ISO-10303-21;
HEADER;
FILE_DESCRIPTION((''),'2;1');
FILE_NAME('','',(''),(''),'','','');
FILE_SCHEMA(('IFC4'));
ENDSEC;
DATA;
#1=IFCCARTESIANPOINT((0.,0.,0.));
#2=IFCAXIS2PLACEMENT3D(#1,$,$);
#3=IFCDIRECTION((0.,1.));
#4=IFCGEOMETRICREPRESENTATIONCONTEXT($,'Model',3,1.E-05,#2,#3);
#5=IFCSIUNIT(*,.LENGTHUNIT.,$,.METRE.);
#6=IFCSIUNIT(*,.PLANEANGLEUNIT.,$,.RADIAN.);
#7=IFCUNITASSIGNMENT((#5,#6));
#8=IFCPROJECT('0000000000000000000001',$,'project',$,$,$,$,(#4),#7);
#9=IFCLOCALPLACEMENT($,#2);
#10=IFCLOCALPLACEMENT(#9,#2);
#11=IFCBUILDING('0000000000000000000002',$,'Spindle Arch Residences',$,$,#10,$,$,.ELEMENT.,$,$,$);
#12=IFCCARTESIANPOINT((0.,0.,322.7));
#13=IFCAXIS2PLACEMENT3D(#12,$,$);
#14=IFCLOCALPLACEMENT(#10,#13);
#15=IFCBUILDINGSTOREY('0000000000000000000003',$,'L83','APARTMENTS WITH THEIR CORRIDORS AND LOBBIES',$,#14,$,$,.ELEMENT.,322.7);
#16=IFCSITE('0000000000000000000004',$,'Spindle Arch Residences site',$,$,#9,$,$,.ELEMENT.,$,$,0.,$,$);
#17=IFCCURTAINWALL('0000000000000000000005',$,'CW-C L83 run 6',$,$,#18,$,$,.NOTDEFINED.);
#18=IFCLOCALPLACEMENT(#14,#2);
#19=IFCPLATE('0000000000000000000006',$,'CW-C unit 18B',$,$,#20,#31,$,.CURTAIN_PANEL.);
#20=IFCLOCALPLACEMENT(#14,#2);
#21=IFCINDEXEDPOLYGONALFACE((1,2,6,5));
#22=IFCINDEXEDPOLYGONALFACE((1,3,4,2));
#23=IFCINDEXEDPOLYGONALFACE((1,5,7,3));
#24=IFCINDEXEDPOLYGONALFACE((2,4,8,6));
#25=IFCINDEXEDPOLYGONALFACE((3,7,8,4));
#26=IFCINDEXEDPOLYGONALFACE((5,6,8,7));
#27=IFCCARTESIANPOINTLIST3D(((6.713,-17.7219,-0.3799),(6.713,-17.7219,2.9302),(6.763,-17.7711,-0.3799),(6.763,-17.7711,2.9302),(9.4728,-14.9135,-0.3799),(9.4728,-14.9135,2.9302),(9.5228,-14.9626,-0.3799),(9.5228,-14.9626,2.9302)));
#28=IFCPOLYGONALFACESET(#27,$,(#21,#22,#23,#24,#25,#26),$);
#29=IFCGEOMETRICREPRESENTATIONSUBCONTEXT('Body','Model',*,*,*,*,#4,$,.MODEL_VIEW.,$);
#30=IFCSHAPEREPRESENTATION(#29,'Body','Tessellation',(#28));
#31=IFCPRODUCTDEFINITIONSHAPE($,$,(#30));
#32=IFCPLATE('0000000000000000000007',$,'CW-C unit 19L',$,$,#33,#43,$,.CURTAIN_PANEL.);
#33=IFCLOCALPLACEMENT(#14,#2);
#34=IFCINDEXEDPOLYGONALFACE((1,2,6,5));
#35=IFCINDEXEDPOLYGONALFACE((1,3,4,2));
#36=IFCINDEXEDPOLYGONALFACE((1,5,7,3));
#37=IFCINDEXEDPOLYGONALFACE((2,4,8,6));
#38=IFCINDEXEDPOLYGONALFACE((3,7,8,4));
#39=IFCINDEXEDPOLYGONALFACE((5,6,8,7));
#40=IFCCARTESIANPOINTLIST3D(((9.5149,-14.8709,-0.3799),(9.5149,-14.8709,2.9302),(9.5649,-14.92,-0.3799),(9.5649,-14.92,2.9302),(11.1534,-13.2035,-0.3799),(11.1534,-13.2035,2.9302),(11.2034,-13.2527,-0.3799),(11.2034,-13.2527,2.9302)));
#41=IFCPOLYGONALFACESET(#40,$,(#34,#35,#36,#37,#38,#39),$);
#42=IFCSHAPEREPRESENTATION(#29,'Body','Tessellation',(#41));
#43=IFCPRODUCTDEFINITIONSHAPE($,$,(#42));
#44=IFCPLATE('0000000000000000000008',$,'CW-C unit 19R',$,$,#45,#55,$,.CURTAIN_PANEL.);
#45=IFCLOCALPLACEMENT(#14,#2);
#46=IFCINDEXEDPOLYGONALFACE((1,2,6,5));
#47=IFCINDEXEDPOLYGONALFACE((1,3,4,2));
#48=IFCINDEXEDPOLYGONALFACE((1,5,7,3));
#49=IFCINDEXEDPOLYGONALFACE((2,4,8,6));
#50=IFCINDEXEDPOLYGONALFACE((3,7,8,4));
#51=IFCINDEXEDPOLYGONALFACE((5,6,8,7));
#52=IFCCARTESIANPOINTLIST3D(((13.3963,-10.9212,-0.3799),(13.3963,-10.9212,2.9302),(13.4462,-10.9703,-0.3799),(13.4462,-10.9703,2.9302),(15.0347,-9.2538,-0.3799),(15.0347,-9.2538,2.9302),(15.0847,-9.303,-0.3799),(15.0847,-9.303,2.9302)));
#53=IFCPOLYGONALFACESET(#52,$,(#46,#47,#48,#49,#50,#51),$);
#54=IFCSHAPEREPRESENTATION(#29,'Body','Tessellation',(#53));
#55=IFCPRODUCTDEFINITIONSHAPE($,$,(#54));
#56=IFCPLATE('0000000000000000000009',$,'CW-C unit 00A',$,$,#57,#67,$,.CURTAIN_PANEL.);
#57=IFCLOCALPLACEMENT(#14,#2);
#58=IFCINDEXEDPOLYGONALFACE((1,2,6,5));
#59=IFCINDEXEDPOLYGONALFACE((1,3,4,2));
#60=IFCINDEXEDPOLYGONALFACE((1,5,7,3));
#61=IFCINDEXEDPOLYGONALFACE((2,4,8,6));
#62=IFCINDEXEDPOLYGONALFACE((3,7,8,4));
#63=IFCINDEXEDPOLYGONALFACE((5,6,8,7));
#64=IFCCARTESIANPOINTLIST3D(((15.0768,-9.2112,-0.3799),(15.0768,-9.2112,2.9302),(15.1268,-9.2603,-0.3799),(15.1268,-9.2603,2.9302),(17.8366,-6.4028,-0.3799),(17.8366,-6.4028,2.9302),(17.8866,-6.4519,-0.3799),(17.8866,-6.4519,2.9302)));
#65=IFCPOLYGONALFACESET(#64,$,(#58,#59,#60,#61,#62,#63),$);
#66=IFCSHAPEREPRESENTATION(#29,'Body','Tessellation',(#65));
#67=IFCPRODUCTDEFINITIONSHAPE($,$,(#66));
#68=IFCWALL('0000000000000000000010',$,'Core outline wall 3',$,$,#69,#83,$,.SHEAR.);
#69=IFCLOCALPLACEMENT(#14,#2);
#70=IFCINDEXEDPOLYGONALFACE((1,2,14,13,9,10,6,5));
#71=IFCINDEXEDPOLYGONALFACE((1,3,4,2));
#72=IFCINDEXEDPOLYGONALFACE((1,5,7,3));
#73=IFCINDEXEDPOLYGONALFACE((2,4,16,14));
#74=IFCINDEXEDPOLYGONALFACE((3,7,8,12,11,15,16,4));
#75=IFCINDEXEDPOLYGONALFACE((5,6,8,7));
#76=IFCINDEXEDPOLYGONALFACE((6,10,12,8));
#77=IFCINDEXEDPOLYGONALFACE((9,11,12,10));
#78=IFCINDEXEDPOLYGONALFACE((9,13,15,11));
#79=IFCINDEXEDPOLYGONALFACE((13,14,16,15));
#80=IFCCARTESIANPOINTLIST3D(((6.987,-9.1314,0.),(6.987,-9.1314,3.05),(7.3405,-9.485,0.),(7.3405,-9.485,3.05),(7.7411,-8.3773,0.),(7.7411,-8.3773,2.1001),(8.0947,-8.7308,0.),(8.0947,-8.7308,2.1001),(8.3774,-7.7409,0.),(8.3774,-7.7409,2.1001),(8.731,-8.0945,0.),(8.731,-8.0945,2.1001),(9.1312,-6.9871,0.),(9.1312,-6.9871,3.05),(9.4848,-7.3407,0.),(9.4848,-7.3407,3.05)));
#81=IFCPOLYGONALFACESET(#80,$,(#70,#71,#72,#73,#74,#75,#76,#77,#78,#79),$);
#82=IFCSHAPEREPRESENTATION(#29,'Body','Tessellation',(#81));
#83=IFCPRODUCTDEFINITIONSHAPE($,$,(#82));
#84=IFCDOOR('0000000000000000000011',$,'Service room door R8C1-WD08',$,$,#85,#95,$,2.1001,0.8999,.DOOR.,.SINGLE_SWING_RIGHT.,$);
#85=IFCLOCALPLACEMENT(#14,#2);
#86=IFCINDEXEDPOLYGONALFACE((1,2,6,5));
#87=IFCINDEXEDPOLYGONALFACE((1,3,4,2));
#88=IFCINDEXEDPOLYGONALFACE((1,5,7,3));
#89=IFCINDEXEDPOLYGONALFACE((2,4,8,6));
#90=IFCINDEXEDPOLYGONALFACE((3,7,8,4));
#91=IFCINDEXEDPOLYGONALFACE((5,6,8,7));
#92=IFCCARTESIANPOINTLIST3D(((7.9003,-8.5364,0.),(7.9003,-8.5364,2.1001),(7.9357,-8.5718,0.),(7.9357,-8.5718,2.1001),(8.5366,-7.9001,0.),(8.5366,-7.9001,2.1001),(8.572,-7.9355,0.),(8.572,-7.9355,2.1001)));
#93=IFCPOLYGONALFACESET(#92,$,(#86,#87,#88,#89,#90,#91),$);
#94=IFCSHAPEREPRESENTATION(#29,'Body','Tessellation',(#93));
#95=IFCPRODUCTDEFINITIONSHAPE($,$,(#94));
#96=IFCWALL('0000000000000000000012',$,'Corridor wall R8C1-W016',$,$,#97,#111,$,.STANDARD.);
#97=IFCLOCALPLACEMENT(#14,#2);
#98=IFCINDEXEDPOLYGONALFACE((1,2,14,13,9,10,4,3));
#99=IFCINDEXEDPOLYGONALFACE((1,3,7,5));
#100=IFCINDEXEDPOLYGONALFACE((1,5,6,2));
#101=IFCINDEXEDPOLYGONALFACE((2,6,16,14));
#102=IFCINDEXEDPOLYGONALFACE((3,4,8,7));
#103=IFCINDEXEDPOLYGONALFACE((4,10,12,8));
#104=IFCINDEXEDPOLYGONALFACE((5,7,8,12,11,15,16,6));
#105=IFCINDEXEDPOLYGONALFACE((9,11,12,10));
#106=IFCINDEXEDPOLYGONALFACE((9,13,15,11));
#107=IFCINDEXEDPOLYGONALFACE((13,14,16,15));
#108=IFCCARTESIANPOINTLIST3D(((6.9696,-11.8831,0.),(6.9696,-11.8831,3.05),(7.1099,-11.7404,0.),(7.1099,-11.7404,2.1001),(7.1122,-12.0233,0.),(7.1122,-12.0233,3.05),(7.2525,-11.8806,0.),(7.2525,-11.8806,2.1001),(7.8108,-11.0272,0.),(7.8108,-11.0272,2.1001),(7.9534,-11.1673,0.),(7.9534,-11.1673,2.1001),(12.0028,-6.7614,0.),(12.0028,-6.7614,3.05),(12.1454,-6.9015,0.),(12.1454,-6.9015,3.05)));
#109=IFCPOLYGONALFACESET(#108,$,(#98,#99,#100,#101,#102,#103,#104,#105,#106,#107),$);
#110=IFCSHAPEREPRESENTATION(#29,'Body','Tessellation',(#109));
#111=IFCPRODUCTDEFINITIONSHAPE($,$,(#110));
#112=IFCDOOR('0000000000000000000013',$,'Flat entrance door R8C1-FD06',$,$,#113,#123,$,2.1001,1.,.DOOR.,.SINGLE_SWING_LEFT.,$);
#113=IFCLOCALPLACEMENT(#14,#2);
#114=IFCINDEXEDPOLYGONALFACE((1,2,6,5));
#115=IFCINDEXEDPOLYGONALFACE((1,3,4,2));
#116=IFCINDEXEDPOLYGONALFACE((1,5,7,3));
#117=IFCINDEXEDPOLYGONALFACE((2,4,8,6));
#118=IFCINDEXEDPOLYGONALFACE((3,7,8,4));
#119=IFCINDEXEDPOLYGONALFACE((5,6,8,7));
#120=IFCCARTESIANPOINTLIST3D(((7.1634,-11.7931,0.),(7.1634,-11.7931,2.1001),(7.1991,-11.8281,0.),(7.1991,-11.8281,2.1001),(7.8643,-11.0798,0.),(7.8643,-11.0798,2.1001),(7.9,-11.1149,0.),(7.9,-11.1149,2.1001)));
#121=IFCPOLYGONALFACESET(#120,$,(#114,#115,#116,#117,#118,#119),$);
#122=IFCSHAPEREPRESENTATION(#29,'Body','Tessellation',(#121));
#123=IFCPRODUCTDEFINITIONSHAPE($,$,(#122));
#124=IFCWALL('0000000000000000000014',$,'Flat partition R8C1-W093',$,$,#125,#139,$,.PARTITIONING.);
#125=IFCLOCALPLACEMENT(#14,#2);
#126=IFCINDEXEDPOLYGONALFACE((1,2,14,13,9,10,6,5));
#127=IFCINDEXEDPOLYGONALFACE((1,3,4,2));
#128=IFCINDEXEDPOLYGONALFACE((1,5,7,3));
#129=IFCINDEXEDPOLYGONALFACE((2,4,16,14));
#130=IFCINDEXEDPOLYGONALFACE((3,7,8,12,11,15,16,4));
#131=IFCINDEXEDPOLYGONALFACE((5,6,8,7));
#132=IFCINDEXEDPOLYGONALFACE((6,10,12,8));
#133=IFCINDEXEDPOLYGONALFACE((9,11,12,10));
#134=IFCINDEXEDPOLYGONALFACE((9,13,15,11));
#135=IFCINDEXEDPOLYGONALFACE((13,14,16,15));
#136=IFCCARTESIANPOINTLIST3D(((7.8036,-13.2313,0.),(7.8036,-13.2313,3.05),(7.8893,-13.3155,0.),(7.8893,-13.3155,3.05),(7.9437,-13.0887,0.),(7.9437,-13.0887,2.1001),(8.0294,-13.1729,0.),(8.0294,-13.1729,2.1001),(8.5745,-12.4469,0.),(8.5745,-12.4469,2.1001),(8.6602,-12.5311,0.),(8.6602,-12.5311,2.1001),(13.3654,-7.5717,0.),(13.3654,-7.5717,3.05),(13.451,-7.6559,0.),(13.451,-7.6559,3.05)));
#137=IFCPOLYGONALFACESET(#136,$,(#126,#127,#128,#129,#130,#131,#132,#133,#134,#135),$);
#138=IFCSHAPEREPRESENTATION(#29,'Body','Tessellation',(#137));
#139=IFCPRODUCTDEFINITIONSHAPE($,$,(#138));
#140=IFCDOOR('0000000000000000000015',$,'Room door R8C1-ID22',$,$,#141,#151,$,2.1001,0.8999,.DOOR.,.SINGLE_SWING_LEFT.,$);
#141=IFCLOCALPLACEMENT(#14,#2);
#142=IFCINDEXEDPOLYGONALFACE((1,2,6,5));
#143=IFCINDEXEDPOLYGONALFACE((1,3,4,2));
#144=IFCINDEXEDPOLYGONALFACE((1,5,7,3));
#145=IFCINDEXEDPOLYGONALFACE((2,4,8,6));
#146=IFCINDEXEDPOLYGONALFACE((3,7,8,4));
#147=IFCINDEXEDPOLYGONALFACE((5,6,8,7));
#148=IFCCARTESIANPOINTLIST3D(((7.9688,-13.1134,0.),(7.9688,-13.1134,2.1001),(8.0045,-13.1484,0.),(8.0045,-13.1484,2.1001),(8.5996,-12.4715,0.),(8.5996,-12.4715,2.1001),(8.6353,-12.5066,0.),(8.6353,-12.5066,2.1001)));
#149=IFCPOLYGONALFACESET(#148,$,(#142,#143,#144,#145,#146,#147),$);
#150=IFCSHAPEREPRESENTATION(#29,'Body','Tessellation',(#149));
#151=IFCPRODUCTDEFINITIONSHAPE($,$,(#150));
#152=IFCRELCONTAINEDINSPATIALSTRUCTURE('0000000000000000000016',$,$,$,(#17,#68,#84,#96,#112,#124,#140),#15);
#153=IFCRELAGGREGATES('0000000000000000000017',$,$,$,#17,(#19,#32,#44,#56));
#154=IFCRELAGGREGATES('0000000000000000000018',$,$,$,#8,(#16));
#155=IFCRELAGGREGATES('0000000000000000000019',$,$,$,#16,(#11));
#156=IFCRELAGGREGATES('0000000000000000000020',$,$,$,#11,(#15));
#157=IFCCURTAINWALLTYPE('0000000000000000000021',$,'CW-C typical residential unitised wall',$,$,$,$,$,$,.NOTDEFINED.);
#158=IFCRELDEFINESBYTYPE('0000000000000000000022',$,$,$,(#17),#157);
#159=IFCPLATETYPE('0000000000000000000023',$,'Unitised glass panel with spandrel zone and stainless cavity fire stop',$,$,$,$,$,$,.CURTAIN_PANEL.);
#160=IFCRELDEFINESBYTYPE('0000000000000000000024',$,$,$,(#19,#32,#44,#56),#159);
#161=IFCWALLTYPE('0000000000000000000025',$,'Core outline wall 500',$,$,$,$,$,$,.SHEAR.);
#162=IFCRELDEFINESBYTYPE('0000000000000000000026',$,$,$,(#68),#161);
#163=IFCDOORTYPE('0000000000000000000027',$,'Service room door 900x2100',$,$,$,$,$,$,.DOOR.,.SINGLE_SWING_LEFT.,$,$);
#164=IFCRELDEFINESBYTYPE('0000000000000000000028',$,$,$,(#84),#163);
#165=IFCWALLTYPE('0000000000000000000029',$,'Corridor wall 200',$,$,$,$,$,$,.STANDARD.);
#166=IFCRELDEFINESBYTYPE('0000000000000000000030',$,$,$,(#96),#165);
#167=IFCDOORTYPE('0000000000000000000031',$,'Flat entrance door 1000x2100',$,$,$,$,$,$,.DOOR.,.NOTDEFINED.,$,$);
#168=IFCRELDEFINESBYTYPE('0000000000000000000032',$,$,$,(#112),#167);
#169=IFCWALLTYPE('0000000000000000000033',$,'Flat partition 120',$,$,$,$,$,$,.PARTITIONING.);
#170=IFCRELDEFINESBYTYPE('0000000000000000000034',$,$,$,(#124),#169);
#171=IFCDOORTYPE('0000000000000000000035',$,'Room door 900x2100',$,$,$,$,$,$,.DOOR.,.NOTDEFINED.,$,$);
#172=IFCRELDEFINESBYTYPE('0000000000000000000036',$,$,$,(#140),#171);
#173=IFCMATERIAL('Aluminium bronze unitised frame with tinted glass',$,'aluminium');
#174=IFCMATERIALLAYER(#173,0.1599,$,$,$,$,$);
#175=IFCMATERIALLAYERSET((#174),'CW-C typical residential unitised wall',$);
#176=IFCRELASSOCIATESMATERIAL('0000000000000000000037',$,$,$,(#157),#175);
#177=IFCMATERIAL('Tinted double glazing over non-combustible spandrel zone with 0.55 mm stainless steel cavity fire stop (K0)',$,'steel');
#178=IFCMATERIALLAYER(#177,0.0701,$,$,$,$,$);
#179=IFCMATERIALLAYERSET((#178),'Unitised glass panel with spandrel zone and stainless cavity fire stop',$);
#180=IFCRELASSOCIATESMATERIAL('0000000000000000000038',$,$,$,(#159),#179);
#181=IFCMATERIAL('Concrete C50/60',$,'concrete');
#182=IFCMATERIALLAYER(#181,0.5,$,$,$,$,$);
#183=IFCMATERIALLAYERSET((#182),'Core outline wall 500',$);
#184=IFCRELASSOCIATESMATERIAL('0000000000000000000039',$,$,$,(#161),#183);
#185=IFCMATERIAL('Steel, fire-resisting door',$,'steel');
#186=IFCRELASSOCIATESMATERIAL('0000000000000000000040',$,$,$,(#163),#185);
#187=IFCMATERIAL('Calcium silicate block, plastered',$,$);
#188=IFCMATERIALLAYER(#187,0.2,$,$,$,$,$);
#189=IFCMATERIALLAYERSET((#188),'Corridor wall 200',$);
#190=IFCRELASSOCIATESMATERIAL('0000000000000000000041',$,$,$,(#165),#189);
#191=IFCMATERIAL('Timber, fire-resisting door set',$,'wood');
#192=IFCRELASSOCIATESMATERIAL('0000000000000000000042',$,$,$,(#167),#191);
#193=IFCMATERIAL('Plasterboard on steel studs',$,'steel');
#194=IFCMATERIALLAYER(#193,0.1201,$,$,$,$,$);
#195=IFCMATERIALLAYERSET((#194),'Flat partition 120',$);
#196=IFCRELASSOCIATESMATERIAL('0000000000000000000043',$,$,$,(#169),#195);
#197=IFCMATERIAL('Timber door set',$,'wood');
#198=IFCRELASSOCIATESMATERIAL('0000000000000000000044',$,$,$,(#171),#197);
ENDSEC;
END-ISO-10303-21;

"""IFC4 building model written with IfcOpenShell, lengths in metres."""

from ifc_helpers import new_model, si_unit, direction, frame, frame_2d, origin, origin_2d, place, context, subcontext, project, spatial, rectangle, extrude, material, layer, layer_set, type_object, element, fill, aggregate, save


model = new_model("IFC4")

# Units and contexts
model_context = context("Model", 3, precision=1e-05, world=origin(), true_north=direction((0.0, 1.0)))
body_context = subcontext(model_context, "Body", "Model", "MODEL_VIEW")
ifc_project = project(units=[si_unit("LENGTHUNIT", "METRE"), si_unit("PLANEANGLEUNIT", "RADIAN")], contexts=[model_context])

# Site, building, storey
site_placement = place(None, origin())
site = spatial("IfcSite", under=ifc_project, at=site_placement, Name="Spindle Arch Residences site", CompositionType="ELEMENT", RefElevation=0.0)
building_placement = place(site_placement, origin())
building = spatial("IfcBuilding", under=site, at=building_placement, Name="Spindle Arch Residences", CompositionType="ELEMENT")
storey_placement = place(building_placement, frame((0.0, 0.0, 322.7)))
storey = spatial("IfcBuildingStorey", under=building, at=storey_placement, Name="L83", Description="APARTMENTS WITH THEIR CORRIDORS AND LOBBIES", CompositionType="ELEMENT", Elevation=322.7)

# Curtain wall
ifc_material_1 = material(Name="Aluminium bronze unitised frame with tinted glass", Category="aluminium")
ifc_layer_1 = layer(ifc_material_1, 0.1599)
ifc_layer_set_1 = layer_set([ifc_layer_1], Name="CW-C typical residential unitised wall")
curtain_wall_type = type_object("IfcCurtainWallType", Name="CW-C typical residential unitised wall", PredefinedType="NOTDEFINED", material=ifc_layer_set_1)
curtain_wall_placement = place(storey_placement, origin())
curtain_wall = element("IfcCurtainWall", 1, at=curtain_wall_placement, inside=storey, type_object=curtain_wall_type, Name="CW-C L83 run 6", PredefinedType="NOTDEFINED")

# Plates
ifc_material_2 = material(Name="Tinted double glazing over non-combustible spandrel zone with 0.55 mm stainless steel cavity fire stop (K0)", Category="steel")
ifc_layer_2 = layer(ifc_material_2, 0.0701)
ifc_layer_set_2 = layer_set([ifc_layer_2], Name="Unitised glass panel with spandrel zone and stainless cavity fire stop")
plate_type = type_object("IfcPlateType", Name="Unitised glass panel with spandrel zone and stainless cavity fire stop", PredefinedType="CURTAIN_PANEL", material=ifc_layer_set_2)
plate_1_placement = place(storey_placement, frame((8.1179, -16.3423, -0.3799), z_axis=(0.0, 0.0, 1.0), x_axis=(0.700909, 0.71325, 0.0)))
plate_1 = element("IfcPlate", 2, at=plate_1_placement, type_object=plate_type, Name="CW-C unit 18B", PredefinedType="CURTAIN_PANEL", context=body_context, shape_type="SweptSolid", body=[
    extrude(rectangle(XDim=3.9375, YDim=0.0701, at=origin_2d()), origin(), (0.0, 0.0, 1.0), 3.3101),
])
plate_2_placement = place(storey_placement, frame((10.3591, -14.0618, -0.3799), z_axis=(0.0, 0.0, 1.0), x_axis=(0.700909, 0.71325, 0.0)))
plate_2 = element("IfcPlate", 3, at=plate_2_placement, type_object=plate_type, Name="CW-C unit 19L", PredefinedType="CURTAIN_PANEL", context=body_context, shape_type="SweptSolid", body=[
    extrude(rectangle(XDim=2.3376, YDim=0.0701, at=origin_2d()), origin(), (0.0, 0.0, 1.0), 3.3101),
])
plate_3_placement = place(storey_placement, frame((14.2405, -10.1121, -0.3799), z_axis=(0.0, 0.0, 1.0), x_axis=(0.700909, 0.71325, 0.0)))
plate_3 = element("IfcPlate", 4, at=plate_3_placement, type_object=plate_type, Name="CW-C unit 19R", PredefinedType="CURTAIN_PANEL", context=body_context, shape_type="SweptSolid", body=[
    extrude(rectangle(XDim=2.3376, YDim=0.0701, at=origin_2d()), origin(), (0.0, 0.0, 1.0), 3.3101),
])
plate_4_placement = place(storey_placement, frame((16.4817, -7.8315, -0.3799), z_axis=(0.0, 0.0, 1.0), x_axis=(0.700909, 0.71325, 0.0)))
plate_4 = element("IfcPlate", 5, at=plate_4_placement, type_object=plate_type, Name="CW-C unit 00A", PredefinedType="CURTAIN_PANEL", context=body_context, shape_type="SweptSolid", body=[
    extrude(rectangle(XDim=3.9375, YDim=0.0701, at=origin_2d()), origin(), (0.0, 0.0, 1.0), 3.3101),
])
aggregate(curtain_wall, [plate_1, plate_2, plate_3, plate_4])

# Walls, openings, doors
ifc_material_3 = material(Name="Concrete C50/60", Category="concrete")
ifc_layer_3 = layer(ifc_material_3, 0.5)
ifc_layer_set_3 = layer_set([ifc_layer_3], Name="Core outline wall 500")
wall_type_1 = type_object("IfcWallType", Name="Core outline wall 500", PredefinedType="SHEAR", material=ifc_layer_set_3)
wall_1_placement = place(storey_placement, frame((7.1638, -9.3081, 0.0), z_axis=(0.0, 0.0, 1.0), x_axis=(0.707107, 0.707107, 0.0)))
wall_1 = element("IfcWall", 6, at=wall_1_placement, inside=storey, type_object=wall_type_1, Name="Core outline wall 3", PredefinedType="SHEAR", context=body_context, shape_type="SweptSolid", body=[
    extrude(rectangle(XDim=3.0325, YDim=0.5, at=frame_2d((1.5161, 0.0))), origin(), (0.0, 0.0, 1.0), 3.05),
])
opening_1_placement = place(wall_1_placement, frame((1.0664, 0.0, 0.0)))
opening_1 = element("IfcOpeningElement", 7, at=opening_1_placement, cuts=wall_1, PredefinedType="OPENING", context=body_context, shape_type="SweptSolid", body=[
    extrude(rectangle(XDim=0.8999, YDim=2.1001, at=frame_2d((0.45, 1.05))), frame((0.0, 0.26, 0.0), z_axis=(0.0, -1.0, 0.0), x_axis=(1.0, 0.0, 0.0)), (0.0, 0.0, 1.0), 0.52),
])
ifc_material_4 = material(Name="Steel, fire-resisting door", Category="steel")
door_type_1 = type_object("IfcDoorType", Name="Service room door 900x2100", OperationType="SINGLE_SWING_LEFT", PredefinedType="DOOR", material=ifc_material_4)
door_1_placement = place(opening_1_placement, origin())
door_1 = element("IfcDoor", 8, at=door_1_placement, inside=storey, type_object=door_type_1, Name="Service room door R8C1-WD08", OperationType="SINGLE_SWING_RIGHT", OverallHeight=2.1001, OverallWidth=0.8999, PredefinedType="DOOR", context=body_context, shape_type="SweptSolid", body=[
    extrude(rectangle(XDim=0.8999, YDim=2.1001, at=frame_2d((0.45, 1.05))), frame((0.0, 0.0249, 0.0), z_axis=(0.0, -1.0, 0.0), x_axis=(1.0, 0.0, 0.0)), (0.0, 0.0, 1.0), 0.05),
])
fill(opening_1, door_1)
ifc_material_5 = material(Name="Calcium silicate block, plastered")
ifc_layer_4 = layer(ifc_material_5, 0.2)
ifc_layer_set_4 = layer_set([ifc_layer_4], Name="Corridor wall 200")
wall_type_2 = type_object("IfcWallType", Name="Corridor wall 200", PredefinedType="STANDARD", material=ifc_layer_set_4)
wall_2_placement = place(storey_placement, frame((7.041, -11.9531, 0.0), z_axis=(0.0, 0.0, 1.0), x_axis=(0.700909, 0.713251, 0.0)))
wall_2 = element("IfcWall", 9, at=wall_2_placement, inside=storey, type_object=wall_type_2, Name="Corridor wall R8C1-W016", PredefinedType="STANDARD", context=body_context, shape_type="SweptSolid", body=[
    extrude(rectangle(XDim=7.1809, YDim=0.2, at=frame_2d((3.5903, 0.0))), origin(), (0.0, 0.0, 1.0), 3.05),
])
opening_2_placement = place(wall_2_placement, frame((0.2, 0.0, 0.0)))
opening_2 = element("IfcOpeningElement", 10, at=opening_2_placement, cuts=wall_2, PredefinedType="OPENING", context=body_context, shape_type="SweptSolid", body=[
    extrude(rectangle(XDim=1.0, YDim=2.1001, at=frame_2d((0.5, 1.05))), frame((0.0, 0.1099, 0.0), z_axis=(0.0, -1.0, 0.0), x_axis=(1.0, 0.0, 0.0)), (0.0, 0.0, 1.0), 0.22),
])
ifc_material_6 = material(Name="Timber, fire-resisting door set", Category="wood")
door_type_2 = type_object("IfcDoorType", Name="Flat entrance door 1000x2100", OperationType="NOTDEFINED", PredefinedType="DOOR", material=ifc_material_6)
door_2_placement = place(opening_2_placement, origin())
door_2 = element("IfcDoor", 11, at=door_2_placement, inside=storey, type_object=door_type_2, Name="Flat entrance door R8C1-FD06", OperationType="SINGLE_SWING_LEFT", OverallHeight=2.1001, OverallWidth=1.0, PredefinedType="DOOR", context=body_context, shape_type="SweptSolid", body=[
    extrude(rectangle(XDim=1.0, YDim=2.1001, at=frame_2d((0.5, 1.05))), frame((0.0, 0.0249, 0.0), z_axis=(0.0, -1.0, 0.0), x_axis=(1.0, 0.0, 0.0)), (0.0, 0.0, 1.0), 0.05),
])
fill(opening_2, door_2)
ifc_material_7 = material(Name="Plasterboard on steel studs", Category="steel")
ifc_layer_5 = layer(ifc_material_7, 0.1201)
ifc_layer_set_5 = layer_set([ifc_layer_5], Name="Flat partition 120")
wall_type_3 = type_object("IfcWallType", Name="Flat partition 120", PredefinedType="PARTITIONING", material=ifc_layer_set_5)
wall_3_placement = place(storey_placement, frame((7.8464, -13.2734, 0.0), z_axis=(0.0, 0.0, 1.0), x_axis=(0.700911, 0.713249, 0.0)))
wall_3 = element("IfcWall", 12, at=wall_3_placement, inside=storey, type_object=wall_type_3, Name="Flat partition R8C1-W093", PredefinedType="PARTITIONING", context=body_context, shape_type="SweptSolid", body=[
    extrude(rectangle(XDim=7.9351, YDim=0.1201, at=frame_2d((3.9675, 0.0))), origin(), (0.0, 0.0, 1.0), 3.05),
])
opening_3_placement = place(wall_3_placement, frame((0.2, 0.0, 0.0)))
opening_3 = element("IfcOpeningElement", 13, at=opening_3_placement, cuts=wall_3, PredefinedType="OPENING", context=body_context, shape_type="SweptSolid", body=[
    extrude(rectangle(XDim=0.8999, YDim=2.1001, at=frame_2d((0.45, 1.05))), frame((0.0, 0.0701, 0.0), z_axis=(0.0, -1.0, 0.0), x_axis=(1.0, 0.0, 0.0)), (0.0, 0.0, 1.0), 0.1401),
])
ifc_material_8 = material(Name="Timber door set", Category="wood")
door_type_3 = type_object("IfcDoorType", Name="Room door 900x2100", OperationType="NOTDEFINED", PredefinedType="DOOR", material=ifc_material_8)
door_3_placement = place(opening_3_placement, origin())
door_3 = element("IfcDoor", 14, at=door_3_placement, inside=storey, type_object=door_type_3, Name="Room door R8C1-ID22", OperationType="SINGLE_SWING_LEFT", OverallHeight=2.1001, OverallWidth=0.8999, PredefinedType="DOOR", context=body_context, shape_type="SweptSolid", body=[
    extrude(rectangle(XDim=0.8999, YDim=2.1001, at=frame_2d((0.45, 1.05))), frame((0.0, 0.0249, 0.0), z_axis=(0.0, -1.0, 0.0), x_axis=(1.0, 0.0, 0.0)), (0.0, 0.0, 1.0), 0.05),
])
fill(opening_3, door_3)

save(model, "model.ifc")
